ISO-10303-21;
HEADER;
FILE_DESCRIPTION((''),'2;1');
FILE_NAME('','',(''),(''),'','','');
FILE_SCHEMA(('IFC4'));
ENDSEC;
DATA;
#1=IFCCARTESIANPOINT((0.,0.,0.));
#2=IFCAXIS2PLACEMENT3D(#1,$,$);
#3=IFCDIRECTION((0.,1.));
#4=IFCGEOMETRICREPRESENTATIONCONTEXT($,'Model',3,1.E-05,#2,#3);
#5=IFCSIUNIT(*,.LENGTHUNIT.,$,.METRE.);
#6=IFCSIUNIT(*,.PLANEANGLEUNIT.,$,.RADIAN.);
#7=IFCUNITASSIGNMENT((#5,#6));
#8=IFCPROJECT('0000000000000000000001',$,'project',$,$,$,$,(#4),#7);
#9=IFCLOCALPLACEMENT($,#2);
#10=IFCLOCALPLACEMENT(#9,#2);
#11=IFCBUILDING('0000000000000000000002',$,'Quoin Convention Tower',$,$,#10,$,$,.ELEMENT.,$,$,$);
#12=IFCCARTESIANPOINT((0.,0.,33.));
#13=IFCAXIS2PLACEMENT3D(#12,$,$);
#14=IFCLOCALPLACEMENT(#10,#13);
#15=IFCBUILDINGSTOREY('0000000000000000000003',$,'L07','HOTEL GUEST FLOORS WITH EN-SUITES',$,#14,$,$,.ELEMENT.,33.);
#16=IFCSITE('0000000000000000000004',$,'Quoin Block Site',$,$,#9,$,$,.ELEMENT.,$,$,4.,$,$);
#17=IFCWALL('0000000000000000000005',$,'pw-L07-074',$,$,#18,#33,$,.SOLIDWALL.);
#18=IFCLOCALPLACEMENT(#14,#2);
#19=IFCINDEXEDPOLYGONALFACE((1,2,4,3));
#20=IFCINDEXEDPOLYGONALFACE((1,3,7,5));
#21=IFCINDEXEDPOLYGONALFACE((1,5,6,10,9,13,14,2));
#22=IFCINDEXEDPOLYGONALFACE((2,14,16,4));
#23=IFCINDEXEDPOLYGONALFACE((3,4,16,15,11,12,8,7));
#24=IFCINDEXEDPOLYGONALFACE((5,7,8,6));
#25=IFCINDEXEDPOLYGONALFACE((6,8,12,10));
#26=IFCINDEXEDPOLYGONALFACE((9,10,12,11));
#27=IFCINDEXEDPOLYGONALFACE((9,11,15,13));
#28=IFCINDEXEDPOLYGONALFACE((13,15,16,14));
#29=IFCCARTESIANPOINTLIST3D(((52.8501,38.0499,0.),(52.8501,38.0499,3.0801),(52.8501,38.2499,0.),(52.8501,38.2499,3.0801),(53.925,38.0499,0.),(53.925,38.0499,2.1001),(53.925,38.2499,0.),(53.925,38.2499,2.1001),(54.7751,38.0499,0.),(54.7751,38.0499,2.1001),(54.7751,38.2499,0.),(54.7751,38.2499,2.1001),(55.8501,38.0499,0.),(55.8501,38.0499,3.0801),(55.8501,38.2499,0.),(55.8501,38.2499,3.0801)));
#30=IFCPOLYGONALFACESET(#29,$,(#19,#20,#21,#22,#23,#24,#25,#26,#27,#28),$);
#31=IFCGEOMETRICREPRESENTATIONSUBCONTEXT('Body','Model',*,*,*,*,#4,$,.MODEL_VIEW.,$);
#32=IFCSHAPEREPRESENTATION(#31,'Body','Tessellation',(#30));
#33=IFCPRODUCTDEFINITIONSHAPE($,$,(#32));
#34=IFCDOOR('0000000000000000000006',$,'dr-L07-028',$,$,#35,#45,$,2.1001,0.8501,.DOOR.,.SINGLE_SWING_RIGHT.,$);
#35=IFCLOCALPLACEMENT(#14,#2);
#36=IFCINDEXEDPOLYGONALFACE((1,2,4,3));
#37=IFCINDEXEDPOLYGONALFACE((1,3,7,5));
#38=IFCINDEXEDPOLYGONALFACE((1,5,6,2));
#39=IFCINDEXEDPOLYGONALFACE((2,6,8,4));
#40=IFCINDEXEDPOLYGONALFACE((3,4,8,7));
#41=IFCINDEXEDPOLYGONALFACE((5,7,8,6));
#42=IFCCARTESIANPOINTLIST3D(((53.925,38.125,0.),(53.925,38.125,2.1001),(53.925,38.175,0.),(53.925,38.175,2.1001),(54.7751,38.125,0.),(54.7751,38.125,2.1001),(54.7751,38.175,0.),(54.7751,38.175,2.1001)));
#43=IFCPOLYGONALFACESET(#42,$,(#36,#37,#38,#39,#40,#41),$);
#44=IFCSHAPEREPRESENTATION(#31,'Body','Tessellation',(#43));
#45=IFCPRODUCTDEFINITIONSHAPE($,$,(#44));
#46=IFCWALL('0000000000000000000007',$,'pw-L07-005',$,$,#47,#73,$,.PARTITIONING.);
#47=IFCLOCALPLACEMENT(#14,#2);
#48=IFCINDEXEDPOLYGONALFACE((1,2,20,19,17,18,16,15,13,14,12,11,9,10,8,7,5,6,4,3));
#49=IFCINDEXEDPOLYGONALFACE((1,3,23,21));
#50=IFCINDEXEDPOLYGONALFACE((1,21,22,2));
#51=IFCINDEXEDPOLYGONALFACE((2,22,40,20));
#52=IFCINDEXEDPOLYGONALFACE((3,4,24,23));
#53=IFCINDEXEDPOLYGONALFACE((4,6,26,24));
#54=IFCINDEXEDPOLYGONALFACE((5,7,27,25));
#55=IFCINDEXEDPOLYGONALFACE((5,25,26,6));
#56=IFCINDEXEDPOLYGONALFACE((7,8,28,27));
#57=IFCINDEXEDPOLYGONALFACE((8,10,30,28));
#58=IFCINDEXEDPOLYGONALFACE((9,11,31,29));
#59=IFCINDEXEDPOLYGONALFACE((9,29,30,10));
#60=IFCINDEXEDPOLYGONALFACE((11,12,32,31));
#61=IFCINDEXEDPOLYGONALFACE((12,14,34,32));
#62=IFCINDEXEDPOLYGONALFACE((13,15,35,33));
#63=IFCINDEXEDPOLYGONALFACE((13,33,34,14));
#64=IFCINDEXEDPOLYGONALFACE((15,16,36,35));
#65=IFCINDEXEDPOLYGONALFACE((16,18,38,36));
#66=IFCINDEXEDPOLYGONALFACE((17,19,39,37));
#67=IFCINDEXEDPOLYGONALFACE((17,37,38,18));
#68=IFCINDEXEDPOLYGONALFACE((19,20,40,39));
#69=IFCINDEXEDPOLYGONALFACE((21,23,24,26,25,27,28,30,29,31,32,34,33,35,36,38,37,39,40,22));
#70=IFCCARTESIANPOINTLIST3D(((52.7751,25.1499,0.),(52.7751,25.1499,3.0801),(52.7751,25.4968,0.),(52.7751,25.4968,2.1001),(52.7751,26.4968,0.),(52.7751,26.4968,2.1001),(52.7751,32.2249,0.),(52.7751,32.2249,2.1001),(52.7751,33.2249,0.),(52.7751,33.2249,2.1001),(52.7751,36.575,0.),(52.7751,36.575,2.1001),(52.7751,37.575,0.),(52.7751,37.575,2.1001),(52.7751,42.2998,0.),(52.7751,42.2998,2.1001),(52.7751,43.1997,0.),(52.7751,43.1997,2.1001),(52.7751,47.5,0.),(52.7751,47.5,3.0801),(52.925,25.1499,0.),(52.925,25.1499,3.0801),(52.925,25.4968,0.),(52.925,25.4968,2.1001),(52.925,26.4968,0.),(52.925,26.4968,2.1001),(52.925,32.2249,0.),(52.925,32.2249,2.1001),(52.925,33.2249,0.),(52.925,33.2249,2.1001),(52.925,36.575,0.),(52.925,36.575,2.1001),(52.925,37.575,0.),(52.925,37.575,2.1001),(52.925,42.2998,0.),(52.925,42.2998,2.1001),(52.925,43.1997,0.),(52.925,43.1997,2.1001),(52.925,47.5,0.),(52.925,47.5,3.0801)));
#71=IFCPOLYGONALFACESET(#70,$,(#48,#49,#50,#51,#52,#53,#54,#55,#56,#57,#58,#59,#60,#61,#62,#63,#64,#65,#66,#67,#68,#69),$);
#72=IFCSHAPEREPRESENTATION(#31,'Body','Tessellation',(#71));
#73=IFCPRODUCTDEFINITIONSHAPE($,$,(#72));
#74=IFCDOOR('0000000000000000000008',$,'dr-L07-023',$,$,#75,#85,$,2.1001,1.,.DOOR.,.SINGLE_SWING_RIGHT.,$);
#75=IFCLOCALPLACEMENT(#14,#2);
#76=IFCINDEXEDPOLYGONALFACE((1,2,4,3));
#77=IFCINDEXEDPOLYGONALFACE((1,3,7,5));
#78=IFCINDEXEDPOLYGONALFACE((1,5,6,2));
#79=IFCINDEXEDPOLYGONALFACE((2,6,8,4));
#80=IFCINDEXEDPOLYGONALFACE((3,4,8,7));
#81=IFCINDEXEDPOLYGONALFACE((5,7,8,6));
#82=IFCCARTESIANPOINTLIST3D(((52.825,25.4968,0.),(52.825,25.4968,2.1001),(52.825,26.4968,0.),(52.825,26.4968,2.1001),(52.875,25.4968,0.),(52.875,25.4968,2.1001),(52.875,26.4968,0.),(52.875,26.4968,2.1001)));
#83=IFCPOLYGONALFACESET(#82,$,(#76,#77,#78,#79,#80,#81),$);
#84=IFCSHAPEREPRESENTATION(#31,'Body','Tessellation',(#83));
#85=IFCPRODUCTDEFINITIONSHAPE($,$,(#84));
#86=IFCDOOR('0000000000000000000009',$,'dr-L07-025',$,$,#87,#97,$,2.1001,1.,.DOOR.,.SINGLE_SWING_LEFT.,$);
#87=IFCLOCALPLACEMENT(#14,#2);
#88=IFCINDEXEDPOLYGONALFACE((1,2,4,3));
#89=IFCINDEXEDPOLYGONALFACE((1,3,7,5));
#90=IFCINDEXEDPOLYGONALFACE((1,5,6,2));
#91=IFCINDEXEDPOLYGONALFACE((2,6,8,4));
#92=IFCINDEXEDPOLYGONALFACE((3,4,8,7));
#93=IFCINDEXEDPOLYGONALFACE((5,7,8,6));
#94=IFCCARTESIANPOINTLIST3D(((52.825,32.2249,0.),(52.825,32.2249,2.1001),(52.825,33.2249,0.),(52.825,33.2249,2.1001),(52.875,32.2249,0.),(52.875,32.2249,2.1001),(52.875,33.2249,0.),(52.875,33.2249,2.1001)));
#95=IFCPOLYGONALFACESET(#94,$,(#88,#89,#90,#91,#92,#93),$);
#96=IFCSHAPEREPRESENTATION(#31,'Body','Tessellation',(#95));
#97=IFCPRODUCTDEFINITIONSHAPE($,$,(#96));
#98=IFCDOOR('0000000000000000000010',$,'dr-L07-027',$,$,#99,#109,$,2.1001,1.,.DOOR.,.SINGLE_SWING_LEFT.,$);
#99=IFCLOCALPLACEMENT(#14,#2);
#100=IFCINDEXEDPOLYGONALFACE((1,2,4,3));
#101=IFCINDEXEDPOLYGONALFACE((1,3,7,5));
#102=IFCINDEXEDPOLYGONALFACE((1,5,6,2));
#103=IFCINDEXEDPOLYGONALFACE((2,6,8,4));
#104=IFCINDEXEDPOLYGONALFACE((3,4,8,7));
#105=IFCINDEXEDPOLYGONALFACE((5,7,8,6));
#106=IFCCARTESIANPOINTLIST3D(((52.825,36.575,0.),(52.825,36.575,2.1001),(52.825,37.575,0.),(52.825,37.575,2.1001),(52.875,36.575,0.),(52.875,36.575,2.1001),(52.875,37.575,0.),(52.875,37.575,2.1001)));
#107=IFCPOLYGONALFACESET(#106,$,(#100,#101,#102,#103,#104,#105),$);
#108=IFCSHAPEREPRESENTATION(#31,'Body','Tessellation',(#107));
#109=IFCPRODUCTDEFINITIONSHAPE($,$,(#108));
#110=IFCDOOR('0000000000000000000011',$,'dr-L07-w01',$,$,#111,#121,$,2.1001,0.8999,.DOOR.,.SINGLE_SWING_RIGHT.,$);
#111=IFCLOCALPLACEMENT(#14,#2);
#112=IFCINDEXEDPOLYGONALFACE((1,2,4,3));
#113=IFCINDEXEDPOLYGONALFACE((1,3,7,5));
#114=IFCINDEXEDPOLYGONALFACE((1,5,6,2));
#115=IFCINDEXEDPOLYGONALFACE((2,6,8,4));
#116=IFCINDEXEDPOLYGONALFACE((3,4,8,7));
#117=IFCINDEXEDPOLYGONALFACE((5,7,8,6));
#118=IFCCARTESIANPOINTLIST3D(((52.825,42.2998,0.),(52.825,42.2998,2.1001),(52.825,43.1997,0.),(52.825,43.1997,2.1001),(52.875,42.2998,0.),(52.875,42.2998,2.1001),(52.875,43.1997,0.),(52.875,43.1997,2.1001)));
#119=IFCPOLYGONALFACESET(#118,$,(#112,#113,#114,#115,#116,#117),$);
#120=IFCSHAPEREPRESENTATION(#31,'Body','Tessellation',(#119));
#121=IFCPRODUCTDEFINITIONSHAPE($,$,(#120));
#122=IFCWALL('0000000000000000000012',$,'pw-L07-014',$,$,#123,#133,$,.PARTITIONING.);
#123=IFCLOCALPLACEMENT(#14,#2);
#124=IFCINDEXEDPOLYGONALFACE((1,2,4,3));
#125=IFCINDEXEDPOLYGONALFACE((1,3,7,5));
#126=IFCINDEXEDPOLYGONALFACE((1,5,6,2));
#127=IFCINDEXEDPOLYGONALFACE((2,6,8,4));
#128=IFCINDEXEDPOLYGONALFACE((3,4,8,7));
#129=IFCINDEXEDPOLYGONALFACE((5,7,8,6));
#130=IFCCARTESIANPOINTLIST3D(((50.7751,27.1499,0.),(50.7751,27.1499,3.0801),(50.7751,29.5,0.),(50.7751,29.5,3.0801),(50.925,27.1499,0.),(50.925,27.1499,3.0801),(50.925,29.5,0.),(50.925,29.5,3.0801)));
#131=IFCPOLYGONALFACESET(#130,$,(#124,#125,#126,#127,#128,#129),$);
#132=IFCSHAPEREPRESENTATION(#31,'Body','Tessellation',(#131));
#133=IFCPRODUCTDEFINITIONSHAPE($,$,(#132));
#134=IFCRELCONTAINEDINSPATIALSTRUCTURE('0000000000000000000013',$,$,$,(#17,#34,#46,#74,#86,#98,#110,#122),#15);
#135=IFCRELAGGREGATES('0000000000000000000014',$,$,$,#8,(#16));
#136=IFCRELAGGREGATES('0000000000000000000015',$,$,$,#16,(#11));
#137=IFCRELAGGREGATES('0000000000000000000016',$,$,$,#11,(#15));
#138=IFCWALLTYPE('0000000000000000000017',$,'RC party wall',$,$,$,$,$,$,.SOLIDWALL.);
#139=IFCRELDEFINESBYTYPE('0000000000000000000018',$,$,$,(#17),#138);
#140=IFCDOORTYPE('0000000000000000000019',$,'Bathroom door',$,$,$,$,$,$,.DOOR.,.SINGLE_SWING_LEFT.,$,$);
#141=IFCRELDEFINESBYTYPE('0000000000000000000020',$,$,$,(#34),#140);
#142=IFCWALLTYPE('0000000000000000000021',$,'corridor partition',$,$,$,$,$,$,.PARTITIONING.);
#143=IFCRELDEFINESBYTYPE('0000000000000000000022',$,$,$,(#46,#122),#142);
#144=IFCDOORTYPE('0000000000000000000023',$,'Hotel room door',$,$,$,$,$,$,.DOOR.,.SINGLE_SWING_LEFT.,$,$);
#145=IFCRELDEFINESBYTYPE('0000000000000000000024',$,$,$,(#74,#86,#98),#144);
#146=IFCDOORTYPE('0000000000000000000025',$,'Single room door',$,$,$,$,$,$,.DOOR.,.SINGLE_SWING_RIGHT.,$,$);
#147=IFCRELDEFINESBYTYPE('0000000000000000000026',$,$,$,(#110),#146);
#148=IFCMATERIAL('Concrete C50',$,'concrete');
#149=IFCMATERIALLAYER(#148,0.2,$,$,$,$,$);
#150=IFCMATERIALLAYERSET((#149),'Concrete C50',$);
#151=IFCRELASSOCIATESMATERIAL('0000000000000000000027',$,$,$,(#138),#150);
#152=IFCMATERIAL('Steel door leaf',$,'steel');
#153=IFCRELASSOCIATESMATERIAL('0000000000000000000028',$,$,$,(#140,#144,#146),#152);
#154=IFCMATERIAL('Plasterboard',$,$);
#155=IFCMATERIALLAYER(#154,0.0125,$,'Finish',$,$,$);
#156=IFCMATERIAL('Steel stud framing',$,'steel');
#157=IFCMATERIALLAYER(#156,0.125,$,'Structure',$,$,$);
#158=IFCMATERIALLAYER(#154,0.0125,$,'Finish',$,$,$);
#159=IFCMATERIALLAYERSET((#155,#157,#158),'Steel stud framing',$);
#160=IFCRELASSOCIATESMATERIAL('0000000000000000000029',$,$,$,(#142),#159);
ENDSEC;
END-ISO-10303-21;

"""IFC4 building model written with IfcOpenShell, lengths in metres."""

from ifc_helpers import new_model, si_unit, direction, frame, frame_2d, origin, place, context, subcontext, project, spatial, rectangle, extrude, material, layer, layer_set, type_object, element, fill, save


model = new_model("IFC4")

# Units and contexts
model_context = context("Model", 3, precision=1e-05, world=origin(), true_north=direction((0.0, 1.0)))
body_context = subcontext(model_context, "Body", "Model", "MODEL_VIEW")
ifc_project = project(units=[si_unit("LENGTHUNIT", "METRE"), si_unit("PLANEANGLEUNIT", "RADIAN")], contexts=[model_context])

# Site, building, storey
site_placement = place(None, origin())
site = spatial("IfcSite", under=ifc_project, at=site_placement, Name="Quoin Block Site", CompositionType="ELEMENT", RefElevation=4.0)
building_placement = place(site_placement, origin())
building = spatial("IfcBuilding", under=site, at=building_placement, Name="Quoin Convention Tower", CompositionType="ELEMENT")
storey_placement = place(building_placement, frame((0.0, 0.0, 33.0)))
storey = spatial("IfcBuildingStorey", under=building, at=storey_placement, Name="L07", Description="HOTEL GUEST FLOORS WITH EN-SUITES", CompositionType="ELEMENT", Elevation=33.0)

# Shared definitions
ifc_material_1 = material(Name="Concrete C50", Category="concrete")
ifc_layer_1 = layer(ifc_material_1, 0.2)
ifc_layer_set_1 = layer_set([ifc_layer_1], Name="Concrete C50")
wall_type_1 = type_object("IfcWallType", Name="RC party wall", PredefinedType="SOLIDWALL", material=ifc_layer_set_1)
ifc_material_2 = material(Name="Steel door leaf", Category="steel")
door_type_1 = type_object("IfcDoorType", Name="Bathroom door", OperationType="SINGLE_SWING_LEFT", PredefinedType="DOOR", material=ifc_material_2)

# Wall, opening, door
wall_1_placement = place(storey_placement, frame((52.8501, 38.1499, 0.0), z_axis=(0.0, 0.0, 1.0), x_axis=(1.0, 0.0, 0.0)))
wall_1 = element("IfcWall", 1, at=wall_1_placement, inside=storey, type_object=wall_type_1, Name="pw-L07-074", PredefinedType="SOLIDWALL", context=body_context, shape_type="SweptSolid", body=[
    extrude(rectangle(XDim=3.0, YDim=0.2, at=frame_2d((1.5, 0.0))), origin(), (0.0, 0.0, 1.0), 3.0801),
])
opening_1_placement = place(wall_1_placement, frame((1.075, 0.0, 0.0)))
opening_1 = element("IfcOpeningElement", 2, at=opening_1_placement, cuts=wall_1, PredefinedType="OPENING", context=body_context, shape_type="SweptSolid", body=[
    extrude(rectangle(XDim=0.8501, YDim=2.1001, at=frame_2d((0.425, 1.05))), frame((0.0, 0.1099, 0.0), z_axis=(0.0, -1.0, 0.0), x_axis=(1.0, 0.0, 0.0)), (0.0, 0.0, 1.0), 0.22),
])
door_1_placement = place(opening_1_placement, frame((0.8501, 0.0, 0.0), z_axis=(0.0, 0.0, 1.0), x_axis=(-1.0, 0.0, 0.0)))
door_1 = element("IfcDoor", 3, at=door_1_placement, inside=storey, type_object=door_type_1, Name="dr-L07-028", OperationType="SINGLE_SWING_RIGHT", OverallHeight=2.1001, OverallWidth=0.8501, PredefinedType="DOOR", context=body_context, shape_type="SweptSolid", body=[
    extrude(rectangle(XDim=0.8501, YDim=2.1001, at=frame_2d((0.425, 1.05))), frame((0.0, 0.0249, 0.0), z_axis=(0.0, -1.0, 0.0), x_axis=(1.0, 0.0, 0.0)), (0.0, 0.0, 1.0), 0.05),
])
fill(opening_1, door_1)

# Wall, openings, doors
ifc_material_3 = material(Name="Plasterboard")
ifc_layer_2 = layer(ifc_material_3, 0.0125, Name="Finish")
ifc_material_4 = material(Name="Steel stud framing", Category="steel")
ifc_layer_3 = layer(ifc_material_4, 0.125, Name="Structure")
ifc_layer_4 = layer(ifc_material_3, 0.0125, Name="Finish")
ifc_layer_set_2 = layer_set([ifc_layer_2, ifc_layer_3, ifc_layer_4], Name="Steel stud framing")
wall_type_2 = type_object("IfcWallType", Name="corridor partition", PredefinedType="PARTITIONING", material=ifc_layer_set_2)
wall_2_placement = place(storey_placement, frame((52.8501, 25.1499, 0.0), z_axis=(0.0, 0.0, 1.0), x_axis=(0.0, 1.0, 0.0)))
wall_2 = element("IfcWall", 4, at=wall_2_placement, inside=storey, type_object=wall_type_2, Name="pw-L07-005", PredefinedType="PARTITIONING", context=body_context, shape_type="SweptSolid", body=[
    extrude(rectangle(XDim=22.3501, YDim=0.1499, at=frame_2d((11.175, 0.0))), origin(), (0.0, 0.0, 1.0), 3.0801),
])
opening_2_placement = place(wall_2_placement, frame((0.3469, 0.0, 0.0)))
opening_2 = element("IfcOpeningElement", 5, at=opening_2_placement, cuts=wall_2, PredefinedType="OPENING", context=body_context, shape_type="SweptSolid", body=[
    extrude(rectangle(XDim=1.0, YDim=2.1001, at=frame_2d((0.5, 1.05))), frame((0.0, 0.085, 0.0), z_axis=(0.0, -1.0, 0.0), x_axis=(1.0, 0.0, 0.0)), (0.0, 0.0, 1.0), 0.1699),
])
opening_3_placement = place(wall_2_placement, frame((7.075, 0.0, 0.0)))
opening_3 = element("IfcOpeningElement", 6, at=opening_3_placement, cuts=wall_2, PredefinedType="OPENING", context=body_context, shape_type="SweptSolid", body=[
    extrude(rectangle(XDim=1.0, YDim=2.1001, at=frame_2d((0.5, 1.05))), frame((0.0, 0.085, 0.0), z_axis=(0.0, -1.0, 0.0), x_axis=(1.0, 0.0, 0.0)), (0.0, 0.0, 1.0), 0.1699),
])
opening_4_placement = place(wall_2_placement, frame((11.425, 0.0, 0.0)))
opening_4 = element("IfcOpeningElement", 7, at=opening_4_placement, cuts=wall_2, PredefinedType="OPENING", context=body_context, shape_type="SweptSolid", body=[
    extrude(rectangle(XDim=1.0, YDim=2.1001, at=frame_2d((0.5, 1.05))), frame((0.0, 0.085, 0.0), z_axis=(0.0, -1.0, 0.0), x_axis=(1.0, 0.0, 0.0)), (0.0, 0.0, 1.0), 0.1699),
])
opening_5_placement = place(wall_2_placement, frame((17.1499, 0.0, 0.0)))
opening_5 = element("IfcOpeningElement", 8, at=opening_5_placement, cuts=wall_2, PredefinedType="OPENING", context=body_context, shape_type="SweptSolid", body=[
    extrude(rectangle(XDim=0.8999, YDim=2.1001, at=frame_2d((0.45, 1.05))), frame((0.0, 0.085, 0.0), z_axis=(0.0, -1.0, 0.0), x_axis=(1.0, 0.0, 0.0)), (0.0, 0.0, 1.0), 0.1699),
])
door_type_2 = type_object("IfcDoorType", Name="Hotel room door", OperationType="SINGLE_SWING_LEFT", PredefinedType="DOOR", material=ifc_material_2)
door_2_placement = place(opening_2_placement, frame((1.0, 0.0, 0.0), z_axis=(0.0, 0.0, 1.0), x_axis=(-1.0, 0.0, 0.0)))
door_2 = element("IfcDoor", 9, at=door_2_placement, inside=storey, type_object=door_type_2, Name="dr-L07-023", OperationType="SINGLE_SWING_RIGHT", OverallHeight=2.1001, OverallWidth=1.0, PredefinedType="DOOR", context=body_context, shape_type="SweptSolid", body=[
    extrude(rectangle(XDim=1.0, YDim=2.1001, at=frame_2d((0.5, 1.05))), frame((0.0, 0.0249, 0.0), z_axis=(0.0, -1.0, 0.0), x_axis=(1.0, 0.0, 0.0)), (0.0, 0.0, 1.0), 0.05),
])
fill(opening_2, door_2)
door_3_placement = place(opening_3_placement, frame((1.0, 0.0, 0.0), z_axis=(0.0, 0.0, 1.0), x_axis=(-1.0, 0.0, 0.0)))
door_3 = element("IfcDoor", 10, at=door_3_placement, inside=storey, type_object=door_type_2, Name="dr-L07-025", OperationType="SINGLE_SWING_LEFT", OverallHeight=2.1001, OverallWidth=1.0, PredefinedType="DOOR", context=body_context, shape_type="SweptSolid", body=[
    extrude(rectangle(XDim=1.0, YDim=2.1001, at=frame_2d((0.5, 1.05))), frame((0.0, 0.0249, 0.0), z_axis=(0.0, -1.0, 0.0), x_axis=(1.0, 0.0, 0.0)), (0.0, 0.0, 1.0), 0.05),
])
fill(opening_3, door_3)
door_4_placement = place(opening_4_placement, frame((1.0, 0.0, 0.0), z_axis=(0.0, 0.0, 1.0), x_axis=(-1.0, 0.0, 0.0)))
door_4 = element("IfcDoor", 11, at=door_4_placement, inside=storey, type_object=door_type_2, Name="dr-L07-027", OperationType="SINGLE_SWING_LEFT", OverallHeight=2.1001, OverallWidth=1.0, PredefinedType="DOOR", context=body_context, shape_type="SweptSolid", body=[
    extrude(rectangle(XDim=1.0, YDim=2.1001, at=frame_2d((0.5, 1.05))), frame((0.0, 0.0249, 0.0), z_axis=(0.0, -1.0, 0.0), x_axis=(1.0, 0.0, 0.0)), (0.0, 0.0, 1.0), 0.05),
])
fill(opening_4, door_4)
door_type_3 = type_object("IfcDoorType", Name="Single room door", OperationType="SINGLE_SWING_RIGHT", PredefinedType="DOOR", material=ifc_material_2)
door_5_placement = place(opening_5_placement, frame((0.8999, 0.0, 0.0), z_axis=(0.0, 0.0, 1.0), x_axis=(-1.0, 0.0, 0.0)))
door_5 = element("IfcDoor", 12, at=door_5_placement, inside=storey, type_object=door_type_3, Name="dr-L07-w01", OperationType="SINGLE_SWING_RIGHT", OverallHeight=2.1001, OverallWidth=0.8999, PredefinedType="DOOR", context=body_context, shape_type="SweptSolid", body=[
    extrude(rectangle(XDim=0.8999, YDim=2.1001, at=frame_2d((0.45, 1.05))), frame((0.0, 0.0249, 0.0), z_axis=(0.0, -1.0, 0.0), x_axis=(1.0, 0.0, 0.0)), (0.0, 0.0, 1.0), 0.05),
])
fill(opening_5, door_5)

# Wall
wall_3_placement = place(storey_placement, frame((50.8501, 27.1499, 0.0), z_axis=(0.0, 0.0, 1.0), x_axis=(0.0, 1.0, 0.0)))
element("IfcWall", 13, at=wall_3_placement, inside=storey, type_object=wall_type_2, Name="pw-L07-014", PredefinedType="PARTITIONING", context=body_context, shape_type="SweptSolid", body=[
    extrude(rectangle(XDim=2.3501, YDim=0.1499, at=frame_2d((1.175, 0.0))), origin(), (0.0, 0.0, 1.0), 3.0801),
])

save(model, "model.ifc")
